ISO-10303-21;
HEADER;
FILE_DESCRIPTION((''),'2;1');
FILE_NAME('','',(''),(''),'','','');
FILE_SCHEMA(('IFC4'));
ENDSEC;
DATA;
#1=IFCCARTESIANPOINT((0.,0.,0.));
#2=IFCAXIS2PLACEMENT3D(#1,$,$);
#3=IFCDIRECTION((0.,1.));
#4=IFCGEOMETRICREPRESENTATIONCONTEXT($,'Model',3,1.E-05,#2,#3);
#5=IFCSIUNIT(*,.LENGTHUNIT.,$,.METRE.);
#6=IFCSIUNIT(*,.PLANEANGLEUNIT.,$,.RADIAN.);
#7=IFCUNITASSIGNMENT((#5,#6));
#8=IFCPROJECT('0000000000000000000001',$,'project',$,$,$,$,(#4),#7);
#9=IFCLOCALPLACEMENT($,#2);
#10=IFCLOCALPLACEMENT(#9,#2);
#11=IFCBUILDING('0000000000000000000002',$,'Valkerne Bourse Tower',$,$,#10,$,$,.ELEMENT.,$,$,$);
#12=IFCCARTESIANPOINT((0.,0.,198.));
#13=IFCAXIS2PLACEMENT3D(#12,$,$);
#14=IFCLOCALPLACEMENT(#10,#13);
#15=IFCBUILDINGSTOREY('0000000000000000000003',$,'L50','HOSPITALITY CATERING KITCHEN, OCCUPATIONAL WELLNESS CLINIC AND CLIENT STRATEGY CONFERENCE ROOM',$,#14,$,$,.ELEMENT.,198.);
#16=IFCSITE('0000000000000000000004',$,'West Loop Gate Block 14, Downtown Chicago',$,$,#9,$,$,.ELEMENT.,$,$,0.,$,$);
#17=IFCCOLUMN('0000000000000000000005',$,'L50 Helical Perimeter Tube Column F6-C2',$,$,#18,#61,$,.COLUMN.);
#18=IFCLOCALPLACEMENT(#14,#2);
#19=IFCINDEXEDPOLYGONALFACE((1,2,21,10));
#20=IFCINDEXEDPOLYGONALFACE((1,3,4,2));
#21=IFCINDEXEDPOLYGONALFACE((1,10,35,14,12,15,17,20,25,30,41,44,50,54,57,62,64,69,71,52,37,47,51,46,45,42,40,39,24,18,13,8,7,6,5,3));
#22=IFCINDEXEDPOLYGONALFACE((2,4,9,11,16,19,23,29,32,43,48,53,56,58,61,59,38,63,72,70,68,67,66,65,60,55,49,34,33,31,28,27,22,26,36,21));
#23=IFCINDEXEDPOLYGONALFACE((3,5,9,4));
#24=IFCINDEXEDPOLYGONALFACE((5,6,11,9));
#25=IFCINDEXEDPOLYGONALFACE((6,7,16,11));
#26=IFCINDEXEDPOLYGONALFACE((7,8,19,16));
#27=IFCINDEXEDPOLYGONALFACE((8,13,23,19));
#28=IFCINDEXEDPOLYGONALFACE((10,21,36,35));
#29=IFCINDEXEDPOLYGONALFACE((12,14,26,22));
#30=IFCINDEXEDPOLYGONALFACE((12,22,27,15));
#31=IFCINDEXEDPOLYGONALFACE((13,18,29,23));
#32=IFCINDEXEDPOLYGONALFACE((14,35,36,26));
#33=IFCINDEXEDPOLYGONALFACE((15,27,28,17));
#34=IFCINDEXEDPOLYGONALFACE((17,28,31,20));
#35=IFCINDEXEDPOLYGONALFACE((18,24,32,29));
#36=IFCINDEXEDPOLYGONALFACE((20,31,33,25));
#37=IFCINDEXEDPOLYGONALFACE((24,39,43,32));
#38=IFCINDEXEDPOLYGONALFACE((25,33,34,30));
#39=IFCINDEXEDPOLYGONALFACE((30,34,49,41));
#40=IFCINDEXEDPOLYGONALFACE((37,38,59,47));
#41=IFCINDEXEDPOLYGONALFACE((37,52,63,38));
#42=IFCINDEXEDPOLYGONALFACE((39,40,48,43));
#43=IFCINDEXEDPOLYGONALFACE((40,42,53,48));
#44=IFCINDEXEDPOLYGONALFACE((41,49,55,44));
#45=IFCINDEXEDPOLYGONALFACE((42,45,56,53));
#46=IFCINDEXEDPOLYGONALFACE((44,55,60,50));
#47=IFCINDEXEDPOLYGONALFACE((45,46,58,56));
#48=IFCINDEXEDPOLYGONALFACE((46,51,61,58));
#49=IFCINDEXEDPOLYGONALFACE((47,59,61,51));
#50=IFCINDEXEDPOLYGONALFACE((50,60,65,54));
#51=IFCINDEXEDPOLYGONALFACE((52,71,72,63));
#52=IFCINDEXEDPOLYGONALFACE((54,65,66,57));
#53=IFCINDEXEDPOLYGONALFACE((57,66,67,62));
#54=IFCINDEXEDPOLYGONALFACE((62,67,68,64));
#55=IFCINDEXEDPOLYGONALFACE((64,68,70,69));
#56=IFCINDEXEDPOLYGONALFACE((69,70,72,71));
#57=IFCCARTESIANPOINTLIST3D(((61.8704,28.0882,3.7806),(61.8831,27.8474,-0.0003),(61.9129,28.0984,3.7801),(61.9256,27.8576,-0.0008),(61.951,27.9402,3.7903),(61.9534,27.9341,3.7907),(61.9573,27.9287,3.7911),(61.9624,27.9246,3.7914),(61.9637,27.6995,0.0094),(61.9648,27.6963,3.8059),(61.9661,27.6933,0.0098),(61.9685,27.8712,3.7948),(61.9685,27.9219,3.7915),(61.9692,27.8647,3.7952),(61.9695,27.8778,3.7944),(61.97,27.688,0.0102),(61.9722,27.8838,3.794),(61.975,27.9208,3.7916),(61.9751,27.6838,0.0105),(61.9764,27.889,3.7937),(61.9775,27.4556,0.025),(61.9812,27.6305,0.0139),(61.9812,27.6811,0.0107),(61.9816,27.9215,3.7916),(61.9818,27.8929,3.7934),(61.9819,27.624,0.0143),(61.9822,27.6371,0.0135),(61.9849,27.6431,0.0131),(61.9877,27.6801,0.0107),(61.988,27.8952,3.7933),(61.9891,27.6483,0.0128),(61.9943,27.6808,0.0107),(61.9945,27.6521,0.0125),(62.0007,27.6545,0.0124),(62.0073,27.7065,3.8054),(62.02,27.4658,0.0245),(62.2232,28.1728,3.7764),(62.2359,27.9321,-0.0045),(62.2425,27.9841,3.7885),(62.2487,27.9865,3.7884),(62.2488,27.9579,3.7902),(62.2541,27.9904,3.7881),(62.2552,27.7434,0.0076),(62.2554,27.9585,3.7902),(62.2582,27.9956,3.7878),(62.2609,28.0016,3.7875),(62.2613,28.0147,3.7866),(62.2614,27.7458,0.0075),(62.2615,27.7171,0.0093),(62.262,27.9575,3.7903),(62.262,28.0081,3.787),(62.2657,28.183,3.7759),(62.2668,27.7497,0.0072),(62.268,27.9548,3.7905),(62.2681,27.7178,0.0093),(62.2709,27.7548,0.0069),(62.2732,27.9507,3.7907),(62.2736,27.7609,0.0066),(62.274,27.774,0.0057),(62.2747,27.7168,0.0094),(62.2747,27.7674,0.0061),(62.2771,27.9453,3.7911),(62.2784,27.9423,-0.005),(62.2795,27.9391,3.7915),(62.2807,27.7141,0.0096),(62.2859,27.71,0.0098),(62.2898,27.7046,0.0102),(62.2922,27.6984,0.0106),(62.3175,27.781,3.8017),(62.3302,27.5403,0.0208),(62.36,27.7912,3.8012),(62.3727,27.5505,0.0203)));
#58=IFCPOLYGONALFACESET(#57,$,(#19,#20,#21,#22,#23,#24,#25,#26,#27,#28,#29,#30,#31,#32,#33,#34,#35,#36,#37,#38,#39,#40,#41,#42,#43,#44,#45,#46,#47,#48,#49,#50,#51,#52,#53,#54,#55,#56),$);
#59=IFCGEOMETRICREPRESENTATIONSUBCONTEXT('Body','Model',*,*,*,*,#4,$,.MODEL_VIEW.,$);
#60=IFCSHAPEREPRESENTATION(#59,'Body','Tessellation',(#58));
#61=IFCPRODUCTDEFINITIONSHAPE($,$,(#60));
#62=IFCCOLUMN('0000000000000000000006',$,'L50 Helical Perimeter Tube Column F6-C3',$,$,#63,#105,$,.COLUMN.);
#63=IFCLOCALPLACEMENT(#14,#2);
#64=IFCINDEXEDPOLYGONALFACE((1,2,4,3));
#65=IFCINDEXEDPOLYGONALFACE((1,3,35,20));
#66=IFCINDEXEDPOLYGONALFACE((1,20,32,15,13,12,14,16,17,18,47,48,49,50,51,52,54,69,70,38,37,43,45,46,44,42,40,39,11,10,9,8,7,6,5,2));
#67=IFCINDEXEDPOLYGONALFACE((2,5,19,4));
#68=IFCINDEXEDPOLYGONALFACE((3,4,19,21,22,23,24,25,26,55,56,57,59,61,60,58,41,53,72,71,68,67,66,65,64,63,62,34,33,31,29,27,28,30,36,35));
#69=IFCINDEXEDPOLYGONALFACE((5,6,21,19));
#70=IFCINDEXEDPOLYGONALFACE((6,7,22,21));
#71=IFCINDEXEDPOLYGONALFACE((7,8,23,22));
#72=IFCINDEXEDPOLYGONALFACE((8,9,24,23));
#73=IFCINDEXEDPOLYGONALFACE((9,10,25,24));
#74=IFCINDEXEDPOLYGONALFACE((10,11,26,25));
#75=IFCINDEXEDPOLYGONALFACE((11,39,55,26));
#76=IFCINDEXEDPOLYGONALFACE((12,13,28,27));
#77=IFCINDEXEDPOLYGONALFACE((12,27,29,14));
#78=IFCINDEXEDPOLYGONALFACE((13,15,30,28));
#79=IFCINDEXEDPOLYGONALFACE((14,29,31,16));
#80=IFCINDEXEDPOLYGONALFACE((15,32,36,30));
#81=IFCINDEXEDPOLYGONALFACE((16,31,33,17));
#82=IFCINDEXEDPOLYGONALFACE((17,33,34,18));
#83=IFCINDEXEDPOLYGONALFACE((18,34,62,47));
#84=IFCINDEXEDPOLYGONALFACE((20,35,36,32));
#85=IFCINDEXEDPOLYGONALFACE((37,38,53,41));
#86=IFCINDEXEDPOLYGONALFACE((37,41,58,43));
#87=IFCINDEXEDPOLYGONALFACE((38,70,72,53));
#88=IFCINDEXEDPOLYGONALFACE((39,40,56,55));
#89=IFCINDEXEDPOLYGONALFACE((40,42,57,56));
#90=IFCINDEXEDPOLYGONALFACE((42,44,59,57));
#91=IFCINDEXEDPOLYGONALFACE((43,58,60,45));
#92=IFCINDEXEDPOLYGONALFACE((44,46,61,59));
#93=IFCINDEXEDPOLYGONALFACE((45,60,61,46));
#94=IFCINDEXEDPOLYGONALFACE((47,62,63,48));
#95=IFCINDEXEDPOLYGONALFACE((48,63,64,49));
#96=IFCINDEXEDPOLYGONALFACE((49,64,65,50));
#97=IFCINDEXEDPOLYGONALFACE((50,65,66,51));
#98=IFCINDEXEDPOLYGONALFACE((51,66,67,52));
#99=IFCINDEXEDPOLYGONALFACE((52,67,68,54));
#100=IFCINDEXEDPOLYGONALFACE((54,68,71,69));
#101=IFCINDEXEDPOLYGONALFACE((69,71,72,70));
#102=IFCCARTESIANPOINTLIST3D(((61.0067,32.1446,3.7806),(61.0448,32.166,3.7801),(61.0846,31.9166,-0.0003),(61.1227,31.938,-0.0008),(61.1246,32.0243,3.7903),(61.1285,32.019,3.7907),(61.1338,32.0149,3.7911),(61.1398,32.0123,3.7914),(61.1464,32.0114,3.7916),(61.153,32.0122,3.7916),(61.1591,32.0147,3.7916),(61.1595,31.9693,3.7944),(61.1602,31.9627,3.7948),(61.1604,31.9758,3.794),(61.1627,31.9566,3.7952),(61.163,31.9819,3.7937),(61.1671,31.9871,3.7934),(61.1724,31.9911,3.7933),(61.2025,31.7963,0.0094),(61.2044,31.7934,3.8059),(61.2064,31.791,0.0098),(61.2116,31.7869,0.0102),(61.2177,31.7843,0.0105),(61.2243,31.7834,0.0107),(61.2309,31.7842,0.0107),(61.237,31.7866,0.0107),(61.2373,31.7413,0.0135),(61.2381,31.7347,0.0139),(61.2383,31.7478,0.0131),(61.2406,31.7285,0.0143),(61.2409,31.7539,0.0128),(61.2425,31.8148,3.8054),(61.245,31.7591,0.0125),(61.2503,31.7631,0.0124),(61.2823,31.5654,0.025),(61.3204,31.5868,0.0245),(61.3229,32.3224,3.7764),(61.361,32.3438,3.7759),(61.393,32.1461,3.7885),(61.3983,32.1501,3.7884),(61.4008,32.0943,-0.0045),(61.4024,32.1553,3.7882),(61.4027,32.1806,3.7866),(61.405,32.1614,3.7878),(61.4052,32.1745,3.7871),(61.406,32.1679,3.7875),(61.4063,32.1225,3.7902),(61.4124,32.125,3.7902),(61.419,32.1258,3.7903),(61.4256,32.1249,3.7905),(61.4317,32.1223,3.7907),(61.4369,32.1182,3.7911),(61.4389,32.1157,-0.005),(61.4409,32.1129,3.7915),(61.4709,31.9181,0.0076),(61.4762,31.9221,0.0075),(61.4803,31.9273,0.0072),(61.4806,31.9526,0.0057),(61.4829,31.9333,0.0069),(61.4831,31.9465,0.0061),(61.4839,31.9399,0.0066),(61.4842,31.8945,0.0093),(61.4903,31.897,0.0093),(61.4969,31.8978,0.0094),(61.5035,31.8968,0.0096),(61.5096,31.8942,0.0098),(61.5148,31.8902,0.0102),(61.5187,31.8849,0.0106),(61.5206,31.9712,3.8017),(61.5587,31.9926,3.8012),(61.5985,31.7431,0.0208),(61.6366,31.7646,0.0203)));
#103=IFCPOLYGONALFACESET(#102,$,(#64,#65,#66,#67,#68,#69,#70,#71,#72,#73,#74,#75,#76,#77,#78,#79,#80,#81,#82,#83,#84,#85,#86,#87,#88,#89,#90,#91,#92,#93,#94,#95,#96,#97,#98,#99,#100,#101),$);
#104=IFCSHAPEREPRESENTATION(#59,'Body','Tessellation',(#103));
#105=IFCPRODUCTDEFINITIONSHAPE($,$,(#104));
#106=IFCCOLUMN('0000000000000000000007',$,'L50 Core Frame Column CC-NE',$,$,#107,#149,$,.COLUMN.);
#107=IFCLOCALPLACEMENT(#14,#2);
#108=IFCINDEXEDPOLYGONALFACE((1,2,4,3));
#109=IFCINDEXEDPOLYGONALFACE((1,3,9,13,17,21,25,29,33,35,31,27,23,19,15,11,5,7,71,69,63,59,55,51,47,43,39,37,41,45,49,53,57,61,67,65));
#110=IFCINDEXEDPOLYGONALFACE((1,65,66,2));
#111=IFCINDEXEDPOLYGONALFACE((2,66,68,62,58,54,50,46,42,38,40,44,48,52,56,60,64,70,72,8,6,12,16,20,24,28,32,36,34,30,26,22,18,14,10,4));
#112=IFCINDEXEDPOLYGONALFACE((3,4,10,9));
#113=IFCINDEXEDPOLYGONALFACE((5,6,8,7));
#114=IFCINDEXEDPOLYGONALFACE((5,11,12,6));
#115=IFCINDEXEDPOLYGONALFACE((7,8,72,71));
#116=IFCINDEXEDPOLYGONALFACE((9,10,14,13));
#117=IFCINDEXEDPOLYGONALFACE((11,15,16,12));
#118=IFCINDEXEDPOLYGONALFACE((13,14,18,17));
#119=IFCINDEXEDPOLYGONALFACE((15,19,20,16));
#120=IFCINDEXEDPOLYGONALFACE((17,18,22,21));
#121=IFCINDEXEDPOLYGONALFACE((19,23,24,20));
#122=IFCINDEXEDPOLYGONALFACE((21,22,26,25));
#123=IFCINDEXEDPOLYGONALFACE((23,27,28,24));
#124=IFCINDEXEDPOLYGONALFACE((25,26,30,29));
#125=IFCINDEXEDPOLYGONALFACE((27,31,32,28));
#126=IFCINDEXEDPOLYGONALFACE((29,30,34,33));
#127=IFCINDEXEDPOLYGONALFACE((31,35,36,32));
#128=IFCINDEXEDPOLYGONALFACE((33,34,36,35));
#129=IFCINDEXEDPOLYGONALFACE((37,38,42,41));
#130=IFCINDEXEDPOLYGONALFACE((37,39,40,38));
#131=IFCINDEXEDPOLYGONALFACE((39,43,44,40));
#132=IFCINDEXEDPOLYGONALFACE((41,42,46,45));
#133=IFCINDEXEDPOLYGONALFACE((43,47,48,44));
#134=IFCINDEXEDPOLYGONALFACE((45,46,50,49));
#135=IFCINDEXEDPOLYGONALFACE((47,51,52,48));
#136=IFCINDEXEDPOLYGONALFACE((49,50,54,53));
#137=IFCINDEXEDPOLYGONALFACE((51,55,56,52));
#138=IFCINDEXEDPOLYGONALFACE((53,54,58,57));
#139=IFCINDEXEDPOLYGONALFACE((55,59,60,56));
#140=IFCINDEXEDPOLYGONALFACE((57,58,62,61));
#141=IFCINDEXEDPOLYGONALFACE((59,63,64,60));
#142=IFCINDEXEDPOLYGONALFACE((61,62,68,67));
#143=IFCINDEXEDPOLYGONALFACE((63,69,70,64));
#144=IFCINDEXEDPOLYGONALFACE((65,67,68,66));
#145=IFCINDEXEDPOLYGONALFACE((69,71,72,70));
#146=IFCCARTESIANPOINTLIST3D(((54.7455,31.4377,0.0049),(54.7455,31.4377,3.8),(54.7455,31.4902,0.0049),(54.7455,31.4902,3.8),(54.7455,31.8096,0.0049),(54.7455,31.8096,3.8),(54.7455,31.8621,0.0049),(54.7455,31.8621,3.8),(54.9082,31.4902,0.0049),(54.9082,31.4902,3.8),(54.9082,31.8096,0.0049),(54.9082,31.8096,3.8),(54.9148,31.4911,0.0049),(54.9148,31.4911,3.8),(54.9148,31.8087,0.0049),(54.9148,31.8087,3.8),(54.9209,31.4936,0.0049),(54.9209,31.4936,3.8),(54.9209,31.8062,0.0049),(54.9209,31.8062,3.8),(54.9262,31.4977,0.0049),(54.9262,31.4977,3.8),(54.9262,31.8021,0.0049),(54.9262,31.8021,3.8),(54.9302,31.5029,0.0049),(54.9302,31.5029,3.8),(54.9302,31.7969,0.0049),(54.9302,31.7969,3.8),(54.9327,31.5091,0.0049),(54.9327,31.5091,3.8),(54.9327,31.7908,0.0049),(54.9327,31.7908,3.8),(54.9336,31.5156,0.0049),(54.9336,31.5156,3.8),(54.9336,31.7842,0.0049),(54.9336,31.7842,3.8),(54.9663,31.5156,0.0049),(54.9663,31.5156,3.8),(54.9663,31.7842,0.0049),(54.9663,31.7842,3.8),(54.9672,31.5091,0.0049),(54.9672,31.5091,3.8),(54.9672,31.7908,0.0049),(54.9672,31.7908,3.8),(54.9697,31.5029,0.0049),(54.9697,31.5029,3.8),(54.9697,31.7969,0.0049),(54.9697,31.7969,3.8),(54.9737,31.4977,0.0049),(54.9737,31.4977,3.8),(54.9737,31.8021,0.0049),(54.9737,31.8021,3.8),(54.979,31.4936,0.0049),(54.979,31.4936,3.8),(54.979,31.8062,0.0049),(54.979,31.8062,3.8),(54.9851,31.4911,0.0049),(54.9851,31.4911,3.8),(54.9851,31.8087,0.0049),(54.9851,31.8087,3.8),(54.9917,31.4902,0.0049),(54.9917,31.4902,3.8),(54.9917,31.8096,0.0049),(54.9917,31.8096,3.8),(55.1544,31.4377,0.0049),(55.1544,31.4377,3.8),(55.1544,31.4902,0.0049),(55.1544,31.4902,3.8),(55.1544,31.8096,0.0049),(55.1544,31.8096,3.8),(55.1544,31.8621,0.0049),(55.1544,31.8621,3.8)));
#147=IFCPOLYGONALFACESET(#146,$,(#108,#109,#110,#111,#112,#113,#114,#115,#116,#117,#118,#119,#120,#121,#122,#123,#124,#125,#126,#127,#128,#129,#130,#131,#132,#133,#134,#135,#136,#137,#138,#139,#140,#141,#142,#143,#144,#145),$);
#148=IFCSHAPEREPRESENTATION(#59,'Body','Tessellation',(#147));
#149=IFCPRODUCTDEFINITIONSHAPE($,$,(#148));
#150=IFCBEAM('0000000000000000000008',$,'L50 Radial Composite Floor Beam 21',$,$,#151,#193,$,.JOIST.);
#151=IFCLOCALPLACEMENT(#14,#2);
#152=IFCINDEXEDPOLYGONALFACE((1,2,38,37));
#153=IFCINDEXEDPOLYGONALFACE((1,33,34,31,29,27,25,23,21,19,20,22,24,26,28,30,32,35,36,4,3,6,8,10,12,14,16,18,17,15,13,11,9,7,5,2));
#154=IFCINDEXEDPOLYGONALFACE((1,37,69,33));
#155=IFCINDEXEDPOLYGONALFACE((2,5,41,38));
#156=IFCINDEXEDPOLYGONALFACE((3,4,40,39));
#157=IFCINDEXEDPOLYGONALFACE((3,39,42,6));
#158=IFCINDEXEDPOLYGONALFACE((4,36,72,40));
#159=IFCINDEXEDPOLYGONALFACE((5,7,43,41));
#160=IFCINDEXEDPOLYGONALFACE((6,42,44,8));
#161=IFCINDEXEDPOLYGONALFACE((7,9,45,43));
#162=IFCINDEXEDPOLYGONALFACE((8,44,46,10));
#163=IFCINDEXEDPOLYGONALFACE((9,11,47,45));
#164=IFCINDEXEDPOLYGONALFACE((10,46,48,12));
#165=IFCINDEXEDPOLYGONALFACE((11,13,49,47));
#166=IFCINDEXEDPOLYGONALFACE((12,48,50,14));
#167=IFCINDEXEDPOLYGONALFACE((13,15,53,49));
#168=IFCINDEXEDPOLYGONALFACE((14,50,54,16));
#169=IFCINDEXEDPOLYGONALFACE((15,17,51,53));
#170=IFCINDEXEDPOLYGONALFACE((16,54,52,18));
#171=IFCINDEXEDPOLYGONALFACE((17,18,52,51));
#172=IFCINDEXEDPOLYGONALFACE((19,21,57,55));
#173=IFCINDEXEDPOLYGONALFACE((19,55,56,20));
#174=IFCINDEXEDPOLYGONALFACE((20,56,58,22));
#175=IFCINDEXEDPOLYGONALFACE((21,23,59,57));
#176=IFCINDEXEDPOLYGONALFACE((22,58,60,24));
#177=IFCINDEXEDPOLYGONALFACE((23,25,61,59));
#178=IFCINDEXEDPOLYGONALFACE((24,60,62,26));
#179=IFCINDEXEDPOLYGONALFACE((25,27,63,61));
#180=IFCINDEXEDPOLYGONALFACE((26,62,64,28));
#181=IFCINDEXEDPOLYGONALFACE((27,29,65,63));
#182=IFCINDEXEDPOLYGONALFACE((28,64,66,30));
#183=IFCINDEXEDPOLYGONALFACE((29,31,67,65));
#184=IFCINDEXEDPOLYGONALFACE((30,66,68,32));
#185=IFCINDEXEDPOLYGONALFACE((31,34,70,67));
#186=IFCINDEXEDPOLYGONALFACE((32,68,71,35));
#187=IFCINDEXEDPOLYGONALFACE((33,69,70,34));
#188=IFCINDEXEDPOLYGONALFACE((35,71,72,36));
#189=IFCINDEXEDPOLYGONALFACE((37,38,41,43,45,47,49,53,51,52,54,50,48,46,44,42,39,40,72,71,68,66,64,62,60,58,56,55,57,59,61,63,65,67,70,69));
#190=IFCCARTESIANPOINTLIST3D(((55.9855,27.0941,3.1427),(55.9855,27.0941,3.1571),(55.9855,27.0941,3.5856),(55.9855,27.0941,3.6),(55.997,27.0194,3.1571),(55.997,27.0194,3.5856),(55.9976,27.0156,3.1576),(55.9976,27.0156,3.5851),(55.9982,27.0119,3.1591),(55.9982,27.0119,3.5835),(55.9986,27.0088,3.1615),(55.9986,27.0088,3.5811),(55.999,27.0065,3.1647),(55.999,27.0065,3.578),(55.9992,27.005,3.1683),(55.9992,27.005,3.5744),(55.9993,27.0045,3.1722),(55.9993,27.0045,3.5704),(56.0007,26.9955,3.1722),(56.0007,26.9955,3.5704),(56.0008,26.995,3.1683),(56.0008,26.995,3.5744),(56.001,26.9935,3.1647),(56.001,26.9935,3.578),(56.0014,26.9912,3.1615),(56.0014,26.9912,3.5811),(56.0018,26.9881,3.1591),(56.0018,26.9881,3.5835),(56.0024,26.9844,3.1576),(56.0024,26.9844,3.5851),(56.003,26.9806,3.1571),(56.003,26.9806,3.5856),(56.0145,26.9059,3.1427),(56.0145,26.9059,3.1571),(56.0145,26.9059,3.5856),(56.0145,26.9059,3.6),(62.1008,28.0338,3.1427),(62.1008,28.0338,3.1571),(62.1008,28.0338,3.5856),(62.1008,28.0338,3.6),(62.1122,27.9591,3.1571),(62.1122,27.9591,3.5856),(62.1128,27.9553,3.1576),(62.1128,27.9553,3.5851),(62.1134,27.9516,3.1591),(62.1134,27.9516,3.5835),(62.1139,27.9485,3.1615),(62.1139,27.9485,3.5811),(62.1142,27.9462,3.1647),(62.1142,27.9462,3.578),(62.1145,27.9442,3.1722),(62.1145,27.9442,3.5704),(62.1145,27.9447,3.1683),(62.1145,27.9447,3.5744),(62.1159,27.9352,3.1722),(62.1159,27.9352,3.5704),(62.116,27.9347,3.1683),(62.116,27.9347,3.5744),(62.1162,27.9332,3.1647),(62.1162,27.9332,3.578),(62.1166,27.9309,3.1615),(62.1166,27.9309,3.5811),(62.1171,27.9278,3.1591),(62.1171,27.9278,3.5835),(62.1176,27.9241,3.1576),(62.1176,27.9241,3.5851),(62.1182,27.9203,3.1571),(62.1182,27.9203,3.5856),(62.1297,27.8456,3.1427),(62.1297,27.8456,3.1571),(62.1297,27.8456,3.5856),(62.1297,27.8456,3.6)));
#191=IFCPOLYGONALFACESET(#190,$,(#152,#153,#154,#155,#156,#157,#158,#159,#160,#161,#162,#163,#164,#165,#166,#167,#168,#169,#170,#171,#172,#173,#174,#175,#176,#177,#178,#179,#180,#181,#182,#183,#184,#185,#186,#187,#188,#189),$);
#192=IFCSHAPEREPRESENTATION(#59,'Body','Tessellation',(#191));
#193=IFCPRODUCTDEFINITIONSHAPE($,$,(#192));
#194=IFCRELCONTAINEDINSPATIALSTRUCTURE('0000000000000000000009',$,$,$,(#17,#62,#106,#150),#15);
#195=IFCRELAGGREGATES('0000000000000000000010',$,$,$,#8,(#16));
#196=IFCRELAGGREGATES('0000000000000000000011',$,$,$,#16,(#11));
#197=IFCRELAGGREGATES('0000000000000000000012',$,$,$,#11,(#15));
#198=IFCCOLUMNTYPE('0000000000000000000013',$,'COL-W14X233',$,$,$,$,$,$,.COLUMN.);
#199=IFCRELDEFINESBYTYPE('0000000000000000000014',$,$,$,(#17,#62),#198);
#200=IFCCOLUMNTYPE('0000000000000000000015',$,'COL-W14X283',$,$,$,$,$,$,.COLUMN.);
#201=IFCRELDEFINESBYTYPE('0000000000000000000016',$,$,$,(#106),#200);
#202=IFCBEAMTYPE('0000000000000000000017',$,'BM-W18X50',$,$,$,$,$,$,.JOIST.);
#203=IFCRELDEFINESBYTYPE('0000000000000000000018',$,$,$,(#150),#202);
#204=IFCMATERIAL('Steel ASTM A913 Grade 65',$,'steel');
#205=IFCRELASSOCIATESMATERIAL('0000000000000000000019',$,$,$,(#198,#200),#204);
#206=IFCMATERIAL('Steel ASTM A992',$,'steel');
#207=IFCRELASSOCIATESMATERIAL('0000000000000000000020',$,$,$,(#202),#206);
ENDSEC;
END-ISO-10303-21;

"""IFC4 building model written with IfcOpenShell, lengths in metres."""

from ifc_helpers import new_model, si_unit, direction, frame, origin, origin_2d, place, context, subcontext, project, spatial, i_section, extrude, material, material_profile, profile_set, type_object, element, save


model = new_model("IFC4")

# Units and contexts
model_context = context("Model", 3, precision=1e-05, world=origin(), true_north=direction((0.0, 1.0)))
body_context = subcontext(model_context, "Body", "Model", "MODEL_VIEW")
ifc_project = project(units=[si_unit("LENGTHUNIT", "METRE"), si_unit("PLANEANGLEUNIT", "RADIAN")], contexts=[model_context])

# Site, building, storey
site_placement = place(None, origin())
site = spatial("IfcSite", under=ifc_project, at=site_placement, Name="West Loop Gate Block 14, Downtown Chicago", CompositionType="ELEMENT", RefElevation=0.0)
building_placement = place(site_placement, origin())
building = spatial("IfcBuilding", under=site, at=building_placement, Name="Valkerne Bourse Tower", CompositionType="ELEMENT")
storey_placement = place(building_placement, frame((0.0, 0.0, 198.0)))
storey = spatial("IfcBuildingStorey", under=building, at=storey_placement, Name="L50", Description="HOSPITALITY CATERING KITCHEN, OCCUPATIONAL WELLNESS CLINIC AND CLIENT STRATEGY CONFERENCE ROOM", CompositionType="ELEMENT", Elevation=198.0)

# Columns
ifc_material_1 = material(Name="Steel ASTM A913 Grade 65", Category="steel")
ifc_material_profile_1 = material_profile(ifc_material_1, i_section(OverallWidth=0.4038, OverallDepth=0.4065, WebThickness=0.0271, FlangeThickness=0.0437, FilletRadius=0.0254, at=origin_2d()), Name="W14X233")
ifc_profile_set_1 = profile_set([ifc_material_profile_1], Name="Steel ASTM A913 Grade 65")
column_type_1 = type_object("IfcColumnType", Name="COL-W14X233", PredefinedType="COLUMN", material=ifc_profile_set_1)
for number, where, z_axis, x_axis, name in (
    (1, (62.1279, 27.699, 0.01), (-0.003351, 0.063537, 0.997974), (0.233661, -0.970303, 0.06256), "L50 Helical Perimeter Tube Column F6-C2"),
    (2, (61.3606, 31.8406, 0.01), (-0.020556, 0.060187, 0.997975), (0.489609, -0.869697, 0.062535), "L50 Helical Perimeter Tube Column F6-C3"),
):
    element("IfcColumn", number, at=place(storey_placement, frame(where, z_axis=z_axis, x_axis=x_axis)), inside=storey, type_object=column_type_1, Name=name, PredefinedType="COLUMN", context=body_context, shape_type="SweptSolid", body=[
        extrude(i_section(OverallWidth=0.4038, OverallDepth=0.4065, WebThickness=0.0271, FlangeThickness=0.0437, FilletRadius=0.0254, at=origin_2d()), origin(), (0.0, 0.0, 1.0), 3.7886),
    ])
ifc_material_profile_2 = material_profile(ifc_material_1, i_section(OverallWidth=0.4089, OverallDepth=0.4243, WebThickness=0.0327, FlangeThickness=0.0525, FilletRadius=0.0254, at=origin_2d()), Name="W14X283")
ifc_profile_set_2 = profile_set([ifc_material_profile_2], Name="Steel ASTM A913 Grade 65")
column_type_2 = type_object("IfcColumnType", Name="COL-W14X283", PredefinedType="COLUMN", material=ifc_profile_set_2)
column_placement = place(storey_placement, frame((54.95, 31.6499, 0.0049), z_axis=(0.0, 0.0, 1.0), x_axis=(1.0, 0.0, 0.0)))
element("IfcColumn", 3, at=column_placement, inside=storey, type_object=column_type_2, Name="L50 Core Frame Column CC-NE", PredefinedType="COLUMN", context=body_context, shape_type="SweptSolid", body=[
    extrude(i_section(OverallWidth=0.4089, OverallDepth=0.4243, WebThickness=0.0327, FlangeThickness=0.0525, FilletRadius=0.0254, at=origin_2d()), origin(), (0.0, 0.0, 1.0), 3.7952),
])

# Beam
ifc_material_2 = material(Name="Steel ASTM A992", Category="steel")
ifc_material_profile_3 = material_profile(ifc_material_2, i_section(OverallWidth=0.1904, OverallDepth=0.4573, WebThickness=0.009, FlangeThickness=0.0144, FilletRadius=0.0151, at=origin_2d()), Name="W18X50")
ifc_profile_set_3 = profile_set([ifc_material_profile_3], Name="Steel ASTM A992")
beam_type_1 = type_object("IfcBeamType", Name="BM-W18X50", PredefinedType="JOIST", material=ifc_profile_set_3)
beam_placement = place(storey_placement, frame((62.1152, 27.9397, 3.3713), z_axis=(-0.988399, -0.151882, 0.0), x_axis=(0.151882, -0.988399, 0.0)))
element("IfcBeam", 4, at=beam_placement, inside=storey, type_object=beam_type_1, Name="L50 Radial Composite Floor Beam 21", PredefinedType="JOIST", context=body_context, shape_type="SweptSolid", body=[
    extrude(i_section(OverallWidth=0.1904, OverallDepth=0.4573, WebThickness=0.009, FlangeThickness=0.0144, FilletRadius=0.0151, at=origin_2d()), origin(), (0.0, 0.0, 1.0), 6.187),
])

save(model, "model.ifc")
